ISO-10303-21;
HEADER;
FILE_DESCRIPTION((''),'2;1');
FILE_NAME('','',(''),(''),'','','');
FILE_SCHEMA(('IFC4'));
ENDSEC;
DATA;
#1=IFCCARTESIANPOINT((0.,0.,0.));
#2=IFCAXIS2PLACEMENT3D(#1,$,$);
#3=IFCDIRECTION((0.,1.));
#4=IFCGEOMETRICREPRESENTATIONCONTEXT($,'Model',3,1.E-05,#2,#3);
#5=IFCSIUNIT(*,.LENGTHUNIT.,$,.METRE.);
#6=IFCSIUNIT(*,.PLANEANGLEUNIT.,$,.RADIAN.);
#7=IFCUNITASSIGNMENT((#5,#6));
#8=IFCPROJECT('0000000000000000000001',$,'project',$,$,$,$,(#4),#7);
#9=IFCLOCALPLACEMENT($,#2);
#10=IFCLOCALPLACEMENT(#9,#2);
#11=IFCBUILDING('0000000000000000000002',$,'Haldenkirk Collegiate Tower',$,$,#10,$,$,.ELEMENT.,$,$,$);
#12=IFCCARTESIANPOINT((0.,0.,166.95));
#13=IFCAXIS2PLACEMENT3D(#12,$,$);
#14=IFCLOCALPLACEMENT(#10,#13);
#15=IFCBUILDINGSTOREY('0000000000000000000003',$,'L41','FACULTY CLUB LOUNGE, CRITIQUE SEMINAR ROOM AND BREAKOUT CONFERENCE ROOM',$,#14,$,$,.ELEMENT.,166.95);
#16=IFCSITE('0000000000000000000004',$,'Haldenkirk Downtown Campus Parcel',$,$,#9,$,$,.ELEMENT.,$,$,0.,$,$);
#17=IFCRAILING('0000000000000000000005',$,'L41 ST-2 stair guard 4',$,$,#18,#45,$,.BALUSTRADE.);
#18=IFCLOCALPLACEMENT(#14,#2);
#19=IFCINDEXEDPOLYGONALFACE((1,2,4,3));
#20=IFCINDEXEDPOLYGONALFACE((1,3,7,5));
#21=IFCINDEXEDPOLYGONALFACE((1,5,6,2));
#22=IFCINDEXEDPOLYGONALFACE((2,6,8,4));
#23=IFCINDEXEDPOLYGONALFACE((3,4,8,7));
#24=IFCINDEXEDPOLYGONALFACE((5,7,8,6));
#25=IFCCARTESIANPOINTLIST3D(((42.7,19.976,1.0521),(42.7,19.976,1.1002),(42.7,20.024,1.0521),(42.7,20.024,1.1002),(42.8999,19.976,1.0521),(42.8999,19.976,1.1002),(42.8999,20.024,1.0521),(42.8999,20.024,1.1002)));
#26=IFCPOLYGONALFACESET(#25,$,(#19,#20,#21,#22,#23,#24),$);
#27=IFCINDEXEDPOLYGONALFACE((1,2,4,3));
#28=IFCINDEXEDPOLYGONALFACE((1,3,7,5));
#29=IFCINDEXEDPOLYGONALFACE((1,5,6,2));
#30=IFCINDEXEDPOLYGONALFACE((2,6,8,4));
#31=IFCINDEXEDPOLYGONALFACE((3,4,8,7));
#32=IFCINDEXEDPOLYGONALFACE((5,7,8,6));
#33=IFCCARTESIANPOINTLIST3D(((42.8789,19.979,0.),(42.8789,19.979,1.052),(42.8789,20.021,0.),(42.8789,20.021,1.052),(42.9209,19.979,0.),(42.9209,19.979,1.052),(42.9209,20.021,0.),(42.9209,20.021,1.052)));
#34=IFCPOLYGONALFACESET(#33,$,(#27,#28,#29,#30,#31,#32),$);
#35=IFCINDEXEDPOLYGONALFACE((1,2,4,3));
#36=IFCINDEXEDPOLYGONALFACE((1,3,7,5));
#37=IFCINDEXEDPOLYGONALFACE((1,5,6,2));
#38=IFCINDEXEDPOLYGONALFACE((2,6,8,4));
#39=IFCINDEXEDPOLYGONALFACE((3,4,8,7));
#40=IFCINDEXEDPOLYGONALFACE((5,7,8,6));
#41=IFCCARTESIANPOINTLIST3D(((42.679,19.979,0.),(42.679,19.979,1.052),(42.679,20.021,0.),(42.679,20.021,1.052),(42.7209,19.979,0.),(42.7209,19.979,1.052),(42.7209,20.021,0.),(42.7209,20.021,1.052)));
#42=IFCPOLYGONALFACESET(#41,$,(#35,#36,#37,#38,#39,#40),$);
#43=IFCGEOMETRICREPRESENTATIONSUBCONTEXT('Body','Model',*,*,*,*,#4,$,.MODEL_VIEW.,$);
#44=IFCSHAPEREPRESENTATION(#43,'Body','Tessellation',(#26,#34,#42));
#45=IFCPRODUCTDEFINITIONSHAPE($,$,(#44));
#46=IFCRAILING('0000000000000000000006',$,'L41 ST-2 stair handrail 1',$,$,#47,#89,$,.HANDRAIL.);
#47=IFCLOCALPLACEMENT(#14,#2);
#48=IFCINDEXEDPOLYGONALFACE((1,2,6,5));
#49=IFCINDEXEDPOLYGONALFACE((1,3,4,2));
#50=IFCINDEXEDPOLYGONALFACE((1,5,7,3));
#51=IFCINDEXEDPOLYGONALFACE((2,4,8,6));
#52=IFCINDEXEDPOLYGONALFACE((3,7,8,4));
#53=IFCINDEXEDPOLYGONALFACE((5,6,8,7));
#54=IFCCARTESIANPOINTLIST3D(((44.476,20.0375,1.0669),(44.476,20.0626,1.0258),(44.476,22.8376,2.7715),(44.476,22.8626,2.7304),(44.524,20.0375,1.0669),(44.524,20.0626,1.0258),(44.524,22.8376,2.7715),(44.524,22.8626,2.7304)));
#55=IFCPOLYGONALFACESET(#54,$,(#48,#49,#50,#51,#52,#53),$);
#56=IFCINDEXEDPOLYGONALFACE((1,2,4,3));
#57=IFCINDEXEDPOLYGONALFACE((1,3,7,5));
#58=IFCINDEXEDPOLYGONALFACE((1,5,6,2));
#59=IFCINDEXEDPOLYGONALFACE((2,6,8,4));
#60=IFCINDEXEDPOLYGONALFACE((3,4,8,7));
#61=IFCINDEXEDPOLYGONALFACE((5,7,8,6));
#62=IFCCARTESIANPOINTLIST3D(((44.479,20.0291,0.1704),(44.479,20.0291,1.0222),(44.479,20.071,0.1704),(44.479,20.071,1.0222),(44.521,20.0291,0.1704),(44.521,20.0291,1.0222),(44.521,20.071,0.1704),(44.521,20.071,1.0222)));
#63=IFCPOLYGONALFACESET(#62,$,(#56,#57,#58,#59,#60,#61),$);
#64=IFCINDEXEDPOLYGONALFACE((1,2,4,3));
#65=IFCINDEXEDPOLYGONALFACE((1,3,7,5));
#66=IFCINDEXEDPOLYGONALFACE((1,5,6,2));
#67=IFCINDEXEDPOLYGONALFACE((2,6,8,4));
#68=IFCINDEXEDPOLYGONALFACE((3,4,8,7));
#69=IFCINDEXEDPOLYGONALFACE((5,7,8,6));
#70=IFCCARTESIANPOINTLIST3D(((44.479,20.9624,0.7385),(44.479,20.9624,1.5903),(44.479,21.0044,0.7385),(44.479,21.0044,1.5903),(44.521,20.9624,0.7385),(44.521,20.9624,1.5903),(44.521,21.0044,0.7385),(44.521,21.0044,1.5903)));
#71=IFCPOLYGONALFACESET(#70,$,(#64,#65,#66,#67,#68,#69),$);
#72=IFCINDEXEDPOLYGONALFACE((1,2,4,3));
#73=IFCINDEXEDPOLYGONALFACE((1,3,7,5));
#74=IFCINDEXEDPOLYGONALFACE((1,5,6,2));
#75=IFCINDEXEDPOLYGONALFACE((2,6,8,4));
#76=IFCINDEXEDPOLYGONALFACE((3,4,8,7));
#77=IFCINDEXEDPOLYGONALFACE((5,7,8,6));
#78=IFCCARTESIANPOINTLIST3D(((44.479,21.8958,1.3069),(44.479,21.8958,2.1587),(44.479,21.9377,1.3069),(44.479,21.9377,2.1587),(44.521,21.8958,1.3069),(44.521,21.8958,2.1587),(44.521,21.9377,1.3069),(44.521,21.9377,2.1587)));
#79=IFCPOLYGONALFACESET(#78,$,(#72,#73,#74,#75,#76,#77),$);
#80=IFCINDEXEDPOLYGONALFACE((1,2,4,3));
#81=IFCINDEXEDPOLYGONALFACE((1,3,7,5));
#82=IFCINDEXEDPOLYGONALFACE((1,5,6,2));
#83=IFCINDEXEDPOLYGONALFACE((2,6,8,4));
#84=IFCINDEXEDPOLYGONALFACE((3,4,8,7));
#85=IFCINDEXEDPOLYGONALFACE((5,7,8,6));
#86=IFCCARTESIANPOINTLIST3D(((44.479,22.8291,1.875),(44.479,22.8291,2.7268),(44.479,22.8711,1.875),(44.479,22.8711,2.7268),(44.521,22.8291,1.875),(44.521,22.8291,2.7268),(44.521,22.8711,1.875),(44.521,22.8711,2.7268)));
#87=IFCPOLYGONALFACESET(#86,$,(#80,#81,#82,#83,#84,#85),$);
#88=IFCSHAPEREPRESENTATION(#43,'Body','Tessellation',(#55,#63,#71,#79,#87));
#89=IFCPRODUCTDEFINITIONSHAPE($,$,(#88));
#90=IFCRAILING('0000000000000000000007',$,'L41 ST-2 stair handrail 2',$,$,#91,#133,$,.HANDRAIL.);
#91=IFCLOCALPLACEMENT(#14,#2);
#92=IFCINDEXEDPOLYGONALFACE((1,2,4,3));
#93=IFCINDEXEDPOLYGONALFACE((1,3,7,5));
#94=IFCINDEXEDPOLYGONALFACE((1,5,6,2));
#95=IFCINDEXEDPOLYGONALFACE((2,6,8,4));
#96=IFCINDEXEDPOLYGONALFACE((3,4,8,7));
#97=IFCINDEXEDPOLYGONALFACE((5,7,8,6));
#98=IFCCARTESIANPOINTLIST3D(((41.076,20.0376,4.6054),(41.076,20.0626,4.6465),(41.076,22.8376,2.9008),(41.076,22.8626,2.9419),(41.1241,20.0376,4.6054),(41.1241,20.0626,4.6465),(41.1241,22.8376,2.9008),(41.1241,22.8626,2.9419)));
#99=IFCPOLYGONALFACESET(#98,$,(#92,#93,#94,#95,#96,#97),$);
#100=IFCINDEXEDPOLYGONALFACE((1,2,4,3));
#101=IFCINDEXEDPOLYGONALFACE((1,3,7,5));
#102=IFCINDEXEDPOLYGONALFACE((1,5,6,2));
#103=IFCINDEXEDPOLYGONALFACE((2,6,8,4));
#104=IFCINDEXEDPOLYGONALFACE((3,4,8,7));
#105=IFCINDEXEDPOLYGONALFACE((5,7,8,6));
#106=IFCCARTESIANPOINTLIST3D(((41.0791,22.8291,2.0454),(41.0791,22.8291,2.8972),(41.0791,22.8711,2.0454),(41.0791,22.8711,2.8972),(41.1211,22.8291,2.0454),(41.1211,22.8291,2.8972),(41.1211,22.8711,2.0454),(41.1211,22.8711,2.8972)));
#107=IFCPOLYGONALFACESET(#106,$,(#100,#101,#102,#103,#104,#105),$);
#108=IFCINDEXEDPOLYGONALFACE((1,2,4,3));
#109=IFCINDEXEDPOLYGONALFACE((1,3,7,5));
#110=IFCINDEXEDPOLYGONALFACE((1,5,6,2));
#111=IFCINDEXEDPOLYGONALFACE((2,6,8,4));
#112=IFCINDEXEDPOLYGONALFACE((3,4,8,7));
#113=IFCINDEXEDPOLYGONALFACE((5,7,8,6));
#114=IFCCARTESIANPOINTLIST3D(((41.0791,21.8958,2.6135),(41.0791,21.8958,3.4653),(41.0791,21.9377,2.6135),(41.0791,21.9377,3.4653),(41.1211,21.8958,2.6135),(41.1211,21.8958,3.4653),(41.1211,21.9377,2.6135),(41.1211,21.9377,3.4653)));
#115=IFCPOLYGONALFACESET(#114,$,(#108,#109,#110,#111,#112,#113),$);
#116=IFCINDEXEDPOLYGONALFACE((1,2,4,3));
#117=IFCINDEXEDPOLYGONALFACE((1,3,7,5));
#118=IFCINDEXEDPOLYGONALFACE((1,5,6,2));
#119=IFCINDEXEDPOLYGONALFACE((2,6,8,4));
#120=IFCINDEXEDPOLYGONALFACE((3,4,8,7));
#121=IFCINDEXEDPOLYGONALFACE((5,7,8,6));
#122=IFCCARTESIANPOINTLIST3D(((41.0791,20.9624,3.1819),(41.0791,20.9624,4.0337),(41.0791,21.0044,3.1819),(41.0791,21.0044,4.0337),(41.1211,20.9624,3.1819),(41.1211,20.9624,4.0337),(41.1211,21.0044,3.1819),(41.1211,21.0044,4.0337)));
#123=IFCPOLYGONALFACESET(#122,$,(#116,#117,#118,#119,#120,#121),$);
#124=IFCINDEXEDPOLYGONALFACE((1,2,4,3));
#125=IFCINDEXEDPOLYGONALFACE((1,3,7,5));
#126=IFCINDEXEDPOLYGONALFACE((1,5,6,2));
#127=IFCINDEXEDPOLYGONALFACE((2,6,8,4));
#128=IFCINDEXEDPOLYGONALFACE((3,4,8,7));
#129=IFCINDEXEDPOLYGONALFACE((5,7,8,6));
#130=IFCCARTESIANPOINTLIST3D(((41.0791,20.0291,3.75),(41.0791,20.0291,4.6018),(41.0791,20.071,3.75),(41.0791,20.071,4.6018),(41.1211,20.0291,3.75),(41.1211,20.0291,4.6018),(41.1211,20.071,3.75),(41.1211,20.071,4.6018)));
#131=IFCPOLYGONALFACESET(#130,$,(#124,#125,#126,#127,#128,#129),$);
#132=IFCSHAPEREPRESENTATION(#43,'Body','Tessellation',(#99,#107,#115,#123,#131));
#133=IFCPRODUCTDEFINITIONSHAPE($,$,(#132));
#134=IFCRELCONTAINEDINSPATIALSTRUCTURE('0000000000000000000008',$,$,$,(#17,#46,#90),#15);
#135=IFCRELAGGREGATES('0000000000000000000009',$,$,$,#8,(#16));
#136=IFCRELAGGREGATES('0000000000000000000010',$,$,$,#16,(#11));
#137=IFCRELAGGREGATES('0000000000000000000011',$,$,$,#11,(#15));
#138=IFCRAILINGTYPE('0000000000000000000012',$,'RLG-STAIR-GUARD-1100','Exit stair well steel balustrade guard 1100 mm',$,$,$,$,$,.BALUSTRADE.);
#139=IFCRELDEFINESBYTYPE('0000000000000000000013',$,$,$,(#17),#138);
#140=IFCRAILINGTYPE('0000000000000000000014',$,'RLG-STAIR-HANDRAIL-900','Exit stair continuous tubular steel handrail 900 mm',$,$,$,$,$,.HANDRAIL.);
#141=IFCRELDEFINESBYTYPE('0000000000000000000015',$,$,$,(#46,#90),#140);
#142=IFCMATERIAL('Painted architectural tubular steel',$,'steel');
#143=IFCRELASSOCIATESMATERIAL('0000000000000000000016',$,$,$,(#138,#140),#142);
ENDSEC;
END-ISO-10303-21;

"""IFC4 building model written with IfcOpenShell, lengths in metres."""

from ifc_helpers import new_model, si_unit, direction, frame, origin, origin_2d, place, context, subcontext, project, spatial, rectangle, extrude, material, type_object, element, save


model = new_model("IFC4")

# Units and contexts
model_context = context("Model", 3, precision=1e-05, world=origin(), true_north=direction((0.0, 1.0)))
body_context = subcontext(model_context, "Body", "Model", "MODEL_VIEW")
ifc_project = project(units=[si_unit("LENGTHUNIT", "METRE"), si_unit("PLANEANGLEUNIT", "RADIAN")], contexts=[model_context])

# Site, building, storey
site_placement = place(None, origin())
site = spatial("IfcSite", under=ifc_project, at=site_placement, Name="Haldenkirk Downtown Campus Parcel", CompositionType="ELEMENT", RefElevation=0.0)
building_placement = place(site_placement, origin())
building = spatial("IfcBuilding", under=site, at=building_placement, Name="Haldenkirk Collegiate Tower", CompositionType="ELEMENT")
storey_placement = place(building_placement, frame((0.0, 0.0, 166.95)))
storey = spatial("IfcBuildingStorey", under=building, at=storey_placement, Name="L41", Description="FACULTY CLUB LOUNGE, CRITIQUE SEMINAR ROOM AND BREAKOUT CONFERENCE ROOM", CompositionType="ELEMENT", Elevation=166.95)

# Railings
ifc_material_1 = material(Name="Painted architectural tubular steel", Category="steel")
railing_type_1 = type_object("IfcRailingType", Name="RLG-STAIR-GUARD-1100", Description="Exit stair well steel balustrade guard 1100 mm", PredefinedType="BALUSTRADE", material=ifc_material_1)
railing_1_placement = place(storey_placement, frame((42.8999, 20.0, 0.0)))
element("IfcRailing", 1, at=railing_1_placement, inside=storey, type_object=railing_type_1, Name="L41 ST-2 stair guard 4", PredefinedType="BALUSTRADE", context=body_context, shape_type="SweptSolid", body=[
    extrude(rectangle(XDim=0.0481, YDim=0.0481, at=origin_2d()), frame((0.0, 0.0, 1.0762), z_axis=(-1.0, 0.0, 0.0), x_axis=(0.0, -1.0, 0.0)), (0.0, 0.0, 1.0), 0.2),
    extrude(rectangle(XDim=0.042, YDim=0.042, at=origin_2d()), origin(), (0.0, 0.0, 1.0), 1.052),
    extrude(rectangle(XDim=0.042, YDim=0.042, at=origin_2d()), frame((-0.2, 0.0, 0.0)), (0.0, 0.0, 1.0), 1.052),
])
railing_type_2 = type_object("IfcRailingType", Name="RLG-STAIR-HANDRAIL-900", Description="Exit stair continuous tubular steel handrail 900 mm", PredefinedType="HANDRAIL", material=ifc_material_1)
railing_2_placement = place(storey_placement, frame((44.5, 20.05, 0.1704)))
element("IfcRailing", 2, at=railing_2_placement, inside=storey, type_object=railing_type_2, Name="L41 ST-2 stair handrail 1", PredefinedType="HANDRAIL", context=body_context, shape_type="SweptSolid", body=[
    extrude(rectangle(XDim=0.0481, YDim=0.0481, at=origin_2d()), frame((0.0, 0.0, 0.876), z_axis=(0.0, 0.85417, 0.519994), x_axis=(-1.0, 0.0, 0.0)), (0.0, 0.0, 1.0), 3.2781),
    extrude(rectangle(XDim=0.042, YDim=0.042, at=origin_2d()), origin(), (0.0, 0.0, 1.0), 0.8518),
    extrude(rectangle(XDim=0.042, YDim=0.042, at=origin_2d()), frame((0.0, 0.9333, 0.5681)), (0.0, 0.0, 1.0), 0.8518),
    extrude(rectangle(XDim=0.042, YDim=0.042, at=origin_2d()), frame((0.0, 1.8667, 1.1365)), (0.0, 0.0, 1.0), 0.8518),
    extrude(rectangle(XDim=0.042, YDim=0.042, at=origin_2d()), frame((0.0, 2.8, 1.7046)), (0.0, 0.0, 1.0), 0.8518),
])
railing_3_placement = place(storey_placement, frame((41.1001, 22.8501, 2.0454)))
element("IfcRailing", 3, at=railing_3_placement, inside=storey, type_object=railing_type_2, Name="L41 ST-2 stair handrail 2", PredefinedType="HANDRAIL", context=body_context, shape_type="SweptSolid", body=[
    extrude(rectangle(XDim=0.0481, YDim=0.0481, at=origin_2d()), frame((0.0, 0.0, 0.876), z_axis=(0.0, -0.85417, 0.519994), x_axis=(1.0, 0.0, 0.0)), (0.0, 0.0, 1.0), 3.2781),
    extrude(rectangle(XDim=0.042, YDim=0.042, at=origin_2d()), origin(), (0.0, 0.0, 1.0), 0.8518),
    extrude(rectangle(XDim=0.042, YDim=0.042, at=origin_2d()), frame((0.0, -0.9333, 0.5681)), (0.0, 0.0, 1.0), 0.8518),
    extrude(rectangle(XDim=0.042, YDim=0.042, at=origin_2d()), frame((0.0, -1.8667, 1.1365)), (0.0, 0.0, 1.0), 0.8518),
    extrude(rectangle(XDim=0.042, YDim=0.042, at=origin_2d()), frame((0.0, -2.8, 1.7046)), (0.0, 0.0, 1.0), 0.8518),
])

save(model, "model.ifc")
